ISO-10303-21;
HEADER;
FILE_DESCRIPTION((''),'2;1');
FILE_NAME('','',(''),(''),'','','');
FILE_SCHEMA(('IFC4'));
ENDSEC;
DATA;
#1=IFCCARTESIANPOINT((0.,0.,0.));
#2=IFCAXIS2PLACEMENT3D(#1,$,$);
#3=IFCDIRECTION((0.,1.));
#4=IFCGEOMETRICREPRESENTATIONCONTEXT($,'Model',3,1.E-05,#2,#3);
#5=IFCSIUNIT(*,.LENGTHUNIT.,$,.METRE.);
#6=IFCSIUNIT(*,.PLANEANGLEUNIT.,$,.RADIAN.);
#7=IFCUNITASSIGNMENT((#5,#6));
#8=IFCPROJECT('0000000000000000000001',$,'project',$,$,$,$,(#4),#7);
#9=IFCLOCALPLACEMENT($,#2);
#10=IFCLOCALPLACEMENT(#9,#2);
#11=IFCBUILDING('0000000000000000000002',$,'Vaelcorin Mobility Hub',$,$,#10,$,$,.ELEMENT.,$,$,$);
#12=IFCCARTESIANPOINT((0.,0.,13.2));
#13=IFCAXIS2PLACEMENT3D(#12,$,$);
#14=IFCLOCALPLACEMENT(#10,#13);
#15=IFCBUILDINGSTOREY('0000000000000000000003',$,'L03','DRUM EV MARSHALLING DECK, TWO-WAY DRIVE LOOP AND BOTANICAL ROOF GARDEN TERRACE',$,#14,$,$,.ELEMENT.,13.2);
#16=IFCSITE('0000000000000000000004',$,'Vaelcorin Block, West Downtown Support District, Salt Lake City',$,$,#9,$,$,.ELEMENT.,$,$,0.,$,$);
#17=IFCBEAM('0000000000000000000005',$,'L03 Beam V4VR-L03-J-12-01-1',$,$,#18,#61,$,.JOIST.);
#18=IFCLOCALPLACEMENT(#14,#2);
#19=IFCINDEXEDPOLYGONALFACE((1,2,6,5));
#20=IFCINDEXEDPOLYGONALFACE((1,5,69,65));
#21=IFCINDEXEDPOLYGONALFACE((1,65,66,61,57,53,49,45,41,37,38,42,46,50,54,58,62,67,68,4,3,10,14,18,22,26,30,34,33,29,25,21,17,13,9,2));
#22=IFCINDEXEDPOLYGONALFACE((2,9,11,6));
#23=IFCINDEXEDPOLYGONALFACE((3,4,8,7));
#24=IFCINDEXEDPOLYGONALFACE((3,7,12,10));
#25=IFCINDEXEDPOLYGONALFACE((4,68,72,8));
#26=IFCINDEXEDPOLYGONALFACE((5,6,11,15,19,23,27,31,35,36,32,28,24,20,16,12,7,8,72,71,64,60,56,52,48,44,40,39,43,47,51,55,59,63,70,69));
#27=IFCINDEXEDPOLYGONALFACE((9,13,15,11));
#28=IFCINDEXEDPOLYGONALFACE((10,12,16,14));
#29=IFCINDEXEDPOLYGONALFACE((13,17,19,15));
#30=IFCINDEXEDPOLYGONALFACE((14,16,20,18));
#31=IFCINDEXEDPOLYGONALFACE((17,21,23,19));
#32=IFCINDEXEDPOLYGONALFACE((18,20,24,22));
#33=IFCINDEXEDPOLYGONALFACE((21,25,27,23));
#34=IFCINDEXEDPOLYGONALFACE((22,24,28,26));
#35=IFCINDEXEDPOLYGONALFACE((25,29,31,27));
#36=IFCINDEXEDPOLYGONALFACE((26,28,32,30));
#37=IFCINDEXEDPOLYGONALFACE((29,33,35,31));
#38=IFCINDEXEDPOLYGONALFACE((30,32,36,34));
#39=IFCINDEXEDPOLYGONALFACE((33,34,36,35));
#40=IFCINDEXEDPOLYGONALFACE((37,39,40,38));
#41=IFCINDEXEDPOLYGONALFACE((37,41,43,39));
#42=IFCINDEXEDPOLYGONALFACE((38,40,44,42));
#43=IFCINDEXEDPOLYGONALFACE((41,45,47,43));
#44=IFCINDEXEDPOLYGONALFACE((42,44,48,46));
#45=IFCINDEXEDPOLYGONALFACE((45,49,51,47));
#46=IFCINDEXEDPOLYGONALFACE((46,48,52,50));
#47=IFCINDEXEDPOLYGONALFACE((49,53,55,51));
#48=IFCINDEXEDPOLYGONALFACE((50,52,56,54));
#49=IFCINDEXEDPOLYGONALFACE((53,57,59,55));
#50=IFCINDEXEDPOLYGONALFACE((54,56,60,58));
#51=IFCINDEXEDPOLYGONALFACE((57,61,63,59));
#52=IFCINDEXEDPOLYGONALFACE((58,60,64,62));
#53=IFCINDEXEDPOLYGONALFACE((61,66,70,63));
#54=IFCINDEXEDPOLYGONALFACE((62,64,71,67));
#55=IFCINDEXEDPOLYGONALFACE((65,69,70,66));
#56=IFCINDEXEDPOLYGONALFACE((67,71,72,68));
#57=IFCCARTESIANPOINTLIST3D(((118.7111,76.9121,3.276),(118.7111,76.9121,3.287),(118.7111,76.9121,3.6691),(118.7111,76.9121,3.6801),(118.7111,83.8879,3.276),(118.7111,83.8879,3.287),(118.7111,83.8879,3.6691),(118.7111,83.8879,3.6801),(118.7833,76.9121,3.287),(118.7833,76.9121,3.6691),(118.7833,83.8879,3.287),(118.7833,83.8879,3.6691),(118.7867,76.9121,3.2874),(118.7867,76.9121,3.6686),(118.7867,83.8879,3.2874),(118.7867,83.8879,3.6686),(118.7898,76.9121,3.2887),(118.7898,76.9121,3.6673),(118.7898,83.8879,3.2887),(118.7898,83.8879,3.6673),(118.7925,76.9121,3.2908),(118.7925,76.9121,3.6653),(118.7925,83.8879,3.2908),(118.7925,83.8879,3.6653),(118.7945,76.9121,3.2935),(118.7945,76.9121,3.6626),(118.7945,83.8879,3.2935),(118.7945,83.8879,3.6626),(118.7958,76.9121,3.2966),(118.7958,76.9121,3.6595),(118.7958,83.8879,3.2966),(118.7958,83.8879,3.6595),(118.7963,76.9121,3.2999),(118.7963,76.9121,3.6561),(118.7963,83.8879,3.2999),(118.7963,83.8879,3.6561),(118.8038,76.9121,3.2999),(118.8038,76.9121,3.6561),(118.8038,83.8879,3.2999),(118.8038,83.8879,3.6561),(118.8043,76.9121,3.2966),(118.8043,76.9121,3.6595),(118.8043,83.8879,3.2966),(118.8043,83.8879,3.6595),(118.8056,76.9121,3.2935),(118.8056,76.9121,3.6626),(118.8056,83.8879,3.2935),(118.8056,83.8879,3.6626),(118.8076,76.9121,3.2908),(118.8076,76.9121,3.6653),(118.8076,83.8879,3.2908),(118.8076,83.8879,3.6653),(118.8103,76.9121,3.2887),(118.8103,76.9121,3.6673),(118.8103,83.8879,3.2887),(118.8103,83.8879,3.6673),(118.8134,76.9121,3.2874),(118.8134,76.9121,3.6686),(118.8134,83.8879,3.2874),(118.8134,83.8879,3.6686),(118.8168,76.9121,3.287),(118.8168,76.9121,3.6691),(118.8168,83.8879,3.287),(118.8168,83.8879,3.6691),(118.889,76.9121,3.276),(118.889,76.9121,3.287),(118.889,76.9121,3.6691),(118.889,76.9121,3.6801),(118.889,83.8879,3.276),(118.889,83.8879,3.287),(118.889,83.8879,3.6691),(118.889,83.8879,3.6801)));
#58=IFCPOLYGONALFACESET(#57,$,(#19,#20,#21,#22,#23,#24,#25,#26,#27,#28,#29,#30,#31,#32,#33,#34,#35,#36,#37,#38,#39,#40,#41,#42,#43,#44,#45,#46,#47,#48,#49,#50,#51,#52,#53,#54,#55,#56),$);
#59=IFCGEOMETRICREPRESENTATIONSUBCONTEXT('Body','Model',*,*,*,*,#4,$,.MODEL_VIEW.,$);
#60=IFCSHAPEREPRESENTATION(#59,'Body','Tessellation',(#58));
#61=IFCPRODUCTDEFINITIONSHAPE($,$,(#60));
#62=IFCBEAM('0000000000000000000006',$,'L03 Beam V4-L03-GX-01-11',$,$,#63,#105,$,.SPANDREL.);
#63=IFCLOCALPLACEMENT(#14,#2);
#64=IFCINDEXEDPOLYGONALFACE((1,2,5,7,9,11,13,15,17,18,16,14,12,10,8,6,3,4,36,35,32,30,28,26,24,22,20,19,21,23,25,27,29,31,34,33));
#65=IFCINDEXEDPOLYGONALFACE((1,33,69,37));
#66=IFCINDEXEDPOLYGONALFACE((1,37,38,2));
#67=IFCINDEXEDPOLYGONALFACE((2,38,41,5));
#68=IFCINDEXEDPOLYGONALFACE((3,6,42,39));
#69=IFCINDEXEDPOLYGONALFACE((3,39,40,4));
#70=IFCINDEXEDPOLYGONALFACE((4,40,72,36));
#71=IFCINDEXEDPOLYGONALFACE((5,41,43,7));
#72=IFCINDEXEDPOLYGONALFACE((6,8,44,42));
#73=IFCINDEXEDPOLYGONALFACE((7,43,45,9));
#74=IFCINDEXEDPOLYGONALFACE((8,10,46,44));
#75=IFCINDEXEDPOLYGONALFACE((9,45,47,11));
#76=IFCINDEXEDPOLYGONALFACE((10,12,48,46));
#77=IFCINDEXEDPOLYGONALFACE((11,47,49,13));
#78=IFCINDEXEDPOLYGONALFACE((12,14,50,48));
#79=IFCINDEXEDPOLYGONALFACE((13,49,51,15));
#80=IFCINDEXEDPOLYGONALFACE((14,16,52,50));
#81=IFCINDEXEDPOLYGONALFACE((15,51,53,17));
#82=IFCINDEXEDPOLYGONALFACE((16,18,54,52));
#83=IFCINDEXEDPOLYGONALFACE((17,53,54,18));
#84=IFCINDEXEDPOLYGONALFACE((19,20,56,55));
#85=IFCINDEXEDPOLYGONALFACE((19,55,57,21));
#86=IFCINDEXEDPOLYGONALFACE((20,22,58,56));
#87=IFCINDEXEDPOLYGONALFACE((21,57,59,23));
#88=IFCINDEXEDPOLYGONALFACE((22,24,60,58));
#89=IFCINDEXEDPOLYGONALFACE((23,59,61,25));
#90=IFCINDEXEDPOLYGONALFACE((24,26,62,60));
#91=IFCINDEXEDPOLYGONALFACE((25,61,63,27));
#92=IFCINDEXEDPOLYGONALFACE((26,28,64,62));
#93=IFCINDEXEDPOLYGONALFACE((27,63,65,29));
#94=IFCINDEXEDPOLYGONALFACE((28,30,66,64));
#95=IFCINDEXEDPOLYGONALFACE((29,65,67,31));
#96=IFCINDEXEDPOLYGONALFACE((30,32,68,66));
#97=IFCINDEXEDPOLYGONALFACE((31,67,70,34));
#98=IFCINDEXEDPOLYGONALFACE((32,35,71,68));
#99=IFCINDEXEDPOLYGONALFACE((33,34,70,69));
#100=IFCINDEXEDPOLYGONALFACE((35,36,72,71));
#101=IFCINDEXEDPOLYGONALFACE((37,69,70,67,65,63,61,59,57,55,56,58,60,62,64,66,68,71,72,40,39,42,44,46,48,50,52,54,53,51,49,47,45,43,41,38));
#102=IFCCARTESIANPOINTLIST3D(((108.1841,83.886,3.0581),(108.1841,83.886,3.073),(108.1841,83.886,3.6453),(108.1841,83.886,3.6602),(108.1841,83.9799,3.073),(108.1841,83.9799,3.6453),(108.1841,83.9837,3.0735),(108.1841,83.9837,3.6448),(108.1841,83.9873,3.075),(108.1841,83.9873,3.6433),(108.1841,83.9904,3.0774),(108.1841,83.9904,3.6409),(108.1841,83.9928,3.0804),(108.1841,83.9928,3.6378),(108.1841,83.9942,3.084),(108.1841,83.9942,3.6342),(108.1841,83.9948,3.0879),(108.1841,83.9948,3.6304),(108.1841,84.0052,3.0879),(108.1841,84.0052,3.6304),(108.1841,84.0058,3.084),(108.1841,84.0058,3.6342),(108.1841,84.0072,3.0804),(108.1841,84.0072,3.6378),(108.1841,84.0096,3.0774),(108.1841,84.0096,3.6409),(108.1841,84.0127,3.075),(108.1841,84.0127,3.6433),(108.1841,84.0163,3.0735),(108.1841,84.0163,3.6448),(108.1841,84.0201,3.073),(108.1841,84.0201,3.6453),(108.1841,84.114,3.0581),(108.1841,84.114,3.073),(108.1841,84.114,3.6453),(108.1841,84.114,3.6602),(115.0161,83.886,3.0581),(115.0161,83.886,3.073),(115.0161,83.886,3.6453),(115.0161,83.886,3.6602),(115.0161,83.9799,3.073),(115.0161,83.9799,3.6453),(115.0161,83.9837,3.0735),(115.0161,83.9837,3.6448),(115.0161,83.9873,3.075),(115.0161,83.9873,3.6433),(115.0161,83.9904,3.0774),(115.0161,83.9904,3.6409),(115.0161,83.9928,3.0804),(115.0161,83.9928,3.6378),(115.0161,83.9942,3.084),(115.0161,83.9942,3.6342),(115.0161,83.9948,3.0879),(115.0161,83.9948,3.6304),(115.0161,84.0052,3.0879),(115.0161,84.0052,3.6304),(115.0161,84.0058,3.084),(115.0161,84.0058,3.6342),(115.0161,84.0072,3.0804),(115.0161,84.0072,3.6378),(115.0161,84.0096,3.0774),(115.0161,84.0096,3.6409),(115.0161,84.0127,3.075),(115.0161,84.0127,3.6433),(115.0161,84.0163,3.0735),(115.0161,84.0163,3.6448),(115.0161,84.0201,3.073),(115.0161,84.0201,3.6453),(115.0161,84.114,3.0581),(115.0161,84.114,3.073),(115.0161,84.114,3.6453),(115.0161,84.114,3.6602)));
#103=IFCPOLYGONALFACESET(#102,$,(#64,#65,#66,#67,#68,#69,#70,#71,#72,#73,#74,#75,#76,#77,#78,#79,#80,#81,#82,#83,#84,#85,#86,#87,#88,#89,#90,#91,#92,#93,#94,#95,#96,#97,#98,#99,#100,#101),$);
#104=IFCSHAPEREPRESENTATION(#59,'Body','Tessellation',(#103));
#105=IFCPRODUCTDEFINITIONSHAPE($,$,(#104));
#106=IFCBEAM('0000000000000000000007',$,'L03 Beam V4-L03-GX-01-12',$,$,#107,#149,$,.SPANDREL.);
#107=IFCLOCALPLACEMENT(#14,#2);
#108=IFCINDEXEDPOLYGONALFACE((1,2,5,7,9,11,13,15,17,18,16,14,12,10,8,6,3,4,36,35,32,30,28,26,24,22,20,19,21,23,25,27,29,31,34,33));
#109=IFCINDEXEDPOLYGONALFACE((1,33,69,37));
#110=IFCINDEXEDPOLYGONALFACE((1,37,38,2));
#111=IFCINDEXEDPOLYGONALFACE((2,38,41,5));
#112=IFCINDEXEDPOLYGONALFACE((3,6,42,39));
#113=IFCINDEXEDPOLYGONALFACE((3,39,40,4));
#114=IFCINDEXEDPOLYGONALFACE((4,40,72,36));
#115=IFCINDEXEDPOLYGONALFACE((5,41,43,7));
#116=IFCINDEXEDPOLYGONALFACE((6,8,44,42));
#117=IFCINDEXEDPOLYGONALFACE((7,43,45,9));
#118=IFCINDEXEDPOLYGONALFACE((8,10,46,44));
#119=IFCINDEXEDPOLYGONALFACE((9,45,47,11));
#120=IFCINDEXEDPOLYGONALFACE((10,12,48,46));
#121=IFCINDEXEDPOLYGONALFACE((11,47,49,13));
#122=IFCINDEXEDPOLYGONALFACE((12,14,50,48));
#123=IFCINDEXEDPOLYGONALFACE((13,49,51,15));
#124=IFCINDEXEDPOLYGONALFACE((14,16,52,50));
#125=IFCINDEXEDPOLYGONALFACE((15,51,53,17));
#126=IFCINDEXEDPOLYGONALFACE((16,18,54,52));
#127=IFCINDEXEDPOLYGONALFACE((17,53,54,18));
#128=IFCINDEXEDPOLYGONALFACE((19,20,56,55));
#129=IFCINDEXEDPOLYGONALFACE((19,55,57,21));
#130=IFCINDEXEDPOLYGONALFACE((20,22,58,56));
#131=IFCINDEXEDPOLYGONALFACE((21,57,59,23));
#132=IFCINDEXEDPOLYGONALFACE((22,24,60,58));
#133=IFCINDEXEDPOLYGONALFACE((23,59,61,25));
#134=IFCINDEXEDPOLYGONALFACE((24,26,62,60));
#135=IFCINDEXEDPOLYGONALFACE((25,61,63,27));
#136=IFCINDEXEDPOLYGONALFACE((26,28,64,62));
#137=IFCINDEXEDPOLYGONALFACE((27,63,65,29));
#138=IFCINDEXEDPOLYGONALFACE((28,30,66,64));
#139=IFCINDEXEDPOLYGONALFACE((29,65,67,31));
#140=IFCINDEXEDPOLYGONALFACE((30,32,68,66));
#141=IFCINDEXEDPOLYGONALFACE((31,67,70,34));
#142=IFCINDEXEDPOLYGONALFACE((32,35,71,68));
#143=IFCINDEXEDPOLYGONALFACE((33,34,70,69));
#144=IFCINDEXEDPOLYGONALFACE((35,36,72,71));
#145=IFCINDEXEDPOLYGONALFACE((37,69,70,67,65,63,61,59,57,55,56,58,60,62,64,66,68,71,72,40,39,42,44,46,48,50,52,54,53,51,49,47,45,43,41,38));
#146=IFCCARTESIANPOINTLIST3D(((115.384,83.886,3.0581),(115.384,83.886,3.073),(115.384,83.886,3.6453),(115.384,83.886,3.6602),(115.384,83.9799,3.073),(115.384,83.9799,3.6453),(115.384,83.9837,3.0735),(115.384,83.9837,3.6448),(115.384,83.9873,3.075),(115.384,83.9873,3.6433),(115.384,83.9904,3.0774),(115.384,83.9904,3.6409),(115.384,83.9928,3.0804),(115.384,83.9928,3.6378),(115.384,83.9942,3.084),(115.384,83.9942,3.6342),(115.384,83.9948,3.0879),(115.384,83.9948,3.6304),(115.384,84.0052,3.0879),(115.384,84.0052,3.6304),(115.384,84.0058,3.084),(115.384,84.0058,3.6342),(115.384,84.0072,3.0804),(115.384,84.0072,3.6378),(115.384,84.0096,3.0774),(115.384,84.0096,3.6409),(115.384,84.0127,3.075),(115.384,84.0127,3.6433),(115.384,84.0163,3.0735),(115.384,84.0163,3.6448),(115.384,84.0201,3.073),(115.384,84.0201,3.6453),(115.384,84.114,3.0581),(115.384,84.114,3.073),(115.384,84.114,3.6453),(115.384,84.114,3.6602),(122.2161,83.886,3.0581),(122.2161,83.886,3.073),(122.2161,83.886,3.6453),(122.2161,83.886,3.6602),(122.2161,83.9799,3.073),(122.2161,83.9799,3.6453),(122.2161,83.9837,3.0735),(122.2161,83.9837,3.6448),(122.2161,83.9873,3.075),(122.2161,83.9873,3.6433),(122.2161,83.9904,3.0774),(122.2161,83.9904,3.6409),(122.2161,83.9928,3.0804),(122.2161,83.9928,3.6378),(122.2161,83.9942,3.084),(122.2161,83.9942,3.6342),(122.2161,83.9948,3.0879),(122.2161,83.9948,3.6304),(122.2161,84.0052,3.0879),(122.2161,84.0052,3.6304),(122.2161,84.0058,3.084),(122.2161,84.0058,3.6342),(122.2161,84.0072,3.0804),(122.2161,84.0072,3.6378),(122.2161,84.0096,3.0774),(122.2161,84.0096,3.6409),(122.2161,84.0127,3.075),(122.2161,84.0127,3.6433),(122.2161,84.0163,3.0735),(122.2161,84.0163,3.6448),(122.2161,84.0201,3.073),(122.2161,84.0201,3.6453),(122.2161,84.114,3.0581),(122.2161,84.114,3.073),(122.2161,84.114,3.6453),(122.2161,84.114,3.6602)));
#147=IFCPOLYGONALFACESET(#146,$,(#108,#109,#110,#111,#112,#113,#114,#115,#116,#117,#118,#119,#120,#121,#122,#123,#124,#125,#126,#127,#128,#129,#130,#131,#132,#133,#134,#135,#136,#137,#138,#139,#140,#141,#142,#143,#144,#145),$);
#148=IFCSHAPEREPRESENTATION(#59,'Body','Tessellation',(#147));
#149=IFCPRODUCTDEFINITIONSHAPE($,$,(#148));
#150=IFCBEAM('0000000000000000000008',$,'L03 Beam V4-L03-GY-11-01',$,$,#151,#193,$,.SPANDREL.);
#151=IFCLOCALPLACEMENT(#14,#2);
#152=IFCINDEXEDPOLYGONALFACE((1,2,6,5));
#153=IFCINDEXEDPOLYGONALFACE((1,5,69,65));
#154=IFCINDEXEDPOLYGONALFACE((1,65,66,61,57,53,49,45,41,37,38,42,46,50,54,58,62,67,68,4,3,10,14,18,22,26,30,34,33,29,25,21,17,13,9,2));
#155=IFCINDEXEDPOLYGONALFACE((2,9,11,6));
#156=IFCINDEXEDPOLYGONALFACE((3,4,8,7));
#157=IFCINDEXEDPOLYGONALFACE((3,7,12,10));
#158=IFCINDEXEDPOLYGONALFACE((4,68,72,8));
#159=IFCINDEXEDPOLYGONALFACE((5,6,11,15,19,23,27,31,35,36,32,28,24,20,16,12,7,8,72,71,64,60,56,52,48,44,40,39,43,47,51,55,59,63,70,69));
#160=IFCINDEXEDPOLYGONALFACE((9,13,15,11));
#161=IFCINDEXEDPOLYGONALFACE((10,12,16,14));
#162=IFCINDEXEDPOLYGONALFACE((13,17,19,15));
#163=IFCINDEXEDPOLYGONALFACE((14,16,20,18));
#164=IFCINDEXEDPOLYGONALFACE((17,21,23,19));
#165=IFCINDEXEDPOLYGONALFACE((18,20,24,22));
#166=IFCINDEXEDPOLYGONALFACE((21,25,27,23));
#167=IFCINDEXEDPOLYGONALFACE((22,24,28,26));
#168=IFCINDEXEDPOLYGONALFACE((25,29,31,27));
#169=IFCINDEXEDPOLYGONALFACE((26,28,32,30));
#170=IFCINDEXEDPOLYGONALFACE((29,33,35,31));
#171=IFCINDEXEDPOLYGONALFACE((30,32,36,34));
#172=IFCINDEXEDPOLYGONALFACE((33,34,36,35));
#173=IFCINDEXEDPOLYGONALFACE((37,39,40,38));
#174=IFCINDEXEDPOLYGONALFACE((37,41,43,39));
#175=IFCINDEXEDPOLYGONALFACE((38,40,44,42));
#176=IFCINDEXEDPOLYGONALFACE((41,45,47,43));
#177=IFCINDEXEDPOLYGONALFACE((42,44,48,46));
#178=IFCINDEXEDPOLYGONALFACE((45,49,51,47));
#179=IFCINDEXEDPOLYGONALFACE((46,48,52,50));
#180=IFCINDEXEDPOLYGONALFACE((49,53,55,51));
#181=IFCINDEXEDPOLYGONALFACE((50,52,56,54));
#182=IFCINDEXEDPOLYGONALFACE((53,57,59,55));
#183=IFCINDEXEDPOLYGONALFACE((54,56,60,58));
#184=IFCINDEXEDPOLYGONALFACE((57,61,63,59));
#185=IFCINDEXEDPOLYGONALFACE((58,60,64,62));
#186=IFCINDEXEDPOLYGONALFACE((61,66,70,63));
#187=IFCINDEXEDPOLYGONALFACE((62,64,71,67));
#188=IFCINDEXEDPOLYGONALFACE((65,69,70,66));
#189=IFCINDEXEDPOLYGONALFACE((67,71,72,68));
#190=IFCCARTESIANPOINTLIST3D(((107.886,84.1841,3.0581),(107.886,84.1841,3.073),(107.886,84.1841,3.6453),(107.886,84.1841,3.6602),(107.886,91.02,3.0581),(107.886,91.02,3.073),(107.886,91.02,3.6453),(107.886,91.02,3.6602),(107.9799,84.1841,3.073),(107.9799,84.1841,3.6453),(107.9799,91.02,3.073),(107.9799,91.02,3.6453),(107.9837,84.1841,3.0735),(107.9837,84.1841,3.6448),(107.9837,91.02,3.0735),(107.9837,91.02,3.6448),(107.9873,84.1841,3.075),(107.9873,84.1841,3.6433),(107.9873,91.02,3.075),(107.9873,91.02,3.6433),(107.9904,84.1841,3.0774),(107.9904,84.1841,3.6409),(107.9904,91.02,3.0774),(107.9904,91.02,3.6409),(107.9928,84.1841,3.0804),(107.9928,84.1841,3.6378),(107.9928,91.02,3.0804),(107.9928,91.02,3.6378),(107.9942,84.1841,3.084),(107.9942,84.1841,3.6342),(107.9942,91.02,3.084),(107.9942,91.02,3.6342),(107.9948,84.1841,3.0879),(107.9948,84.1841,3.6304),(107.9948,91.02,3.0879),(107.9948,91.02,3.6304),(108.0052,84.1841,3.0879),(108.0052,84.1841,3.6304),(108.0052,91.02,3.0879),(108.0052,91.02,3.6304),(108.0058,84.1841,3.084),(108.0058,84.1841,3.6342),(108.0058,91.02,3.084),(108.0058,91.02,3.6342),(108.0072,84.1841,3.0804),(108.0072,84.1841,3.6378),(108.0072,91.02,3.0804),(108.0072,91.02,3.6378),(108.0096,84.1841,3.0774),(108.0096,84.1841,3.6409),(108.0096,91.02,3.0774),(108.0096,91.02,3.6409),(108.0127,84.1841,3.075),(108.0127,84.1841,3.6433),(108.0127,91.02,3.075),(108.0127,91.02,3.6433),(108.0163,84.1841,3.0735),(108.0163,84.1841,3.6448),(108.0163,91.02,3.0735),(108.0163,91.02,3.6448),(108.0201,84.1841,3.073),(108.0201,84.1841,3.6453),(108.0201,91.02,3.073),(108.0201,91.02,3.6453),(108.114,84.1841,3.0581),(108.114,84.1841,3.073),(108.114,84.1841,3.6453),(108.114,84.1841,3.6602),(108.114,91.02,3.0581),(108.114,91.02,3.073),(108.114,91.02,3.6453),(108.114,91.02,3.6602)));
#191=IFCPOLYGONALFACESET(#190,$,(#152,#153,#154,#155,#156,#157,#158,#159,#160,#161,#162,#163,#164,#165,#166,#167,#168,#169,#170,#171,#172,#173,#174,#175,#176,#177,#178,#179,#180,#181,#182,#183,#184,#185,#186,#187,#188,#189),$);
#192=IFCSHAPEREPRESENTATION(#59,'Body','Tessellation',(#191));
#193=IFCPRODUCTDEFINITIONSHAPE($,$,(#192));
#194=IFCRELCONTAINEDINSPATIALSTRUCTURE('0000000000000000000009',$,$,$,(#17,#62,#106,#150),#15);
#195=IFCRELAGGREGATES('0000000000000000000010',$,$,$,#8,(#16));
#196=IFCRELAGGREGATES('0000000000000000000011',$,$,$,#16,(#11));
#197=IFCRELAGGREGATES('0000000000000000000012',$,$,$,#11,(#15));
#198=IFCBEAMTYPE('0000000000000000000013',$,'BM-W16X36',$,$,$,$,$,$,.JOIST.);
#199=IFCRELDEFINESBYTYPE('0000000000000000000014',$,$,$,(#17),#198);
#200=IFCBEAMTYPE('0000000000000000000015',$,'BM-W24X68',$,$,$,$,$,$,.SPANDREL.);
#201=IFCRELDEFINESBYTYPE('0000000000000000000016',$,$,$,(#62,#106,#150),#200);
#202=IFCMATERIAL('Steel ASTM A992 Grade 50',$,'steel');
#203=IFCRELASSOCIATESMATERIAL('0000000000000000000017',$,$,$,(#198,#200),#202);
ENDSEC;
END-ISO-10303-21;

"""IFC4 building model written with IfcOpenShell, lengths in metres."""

from ifc_helpers import new_model, si_unit, direction, frame, origin, origin_2d, place, context, subcontext, project, spatial, i_section, extrude, material, material_profile, profile_set, type_object, element, save


model = new_model("IFC4")

# Units and contexts
model_context = context("Model", 3, precision=1e-05, world=origin(), true_north=direction((0.0, 1.0)))
body_context = subcontext(model_context, "Body", "Model", "MODEL_VIEW")
ifc_project = project(units=[si_unit("LENGTHUNIT", "METRE"), si_unit("PLANEANGLEUNIT", "RADIAN")], contexts=[model_context])

# Site, building, storey
site_placement = place(None, origin())
site = spatial("IfcSite", under=ifc_project, at=site_placement, Name="Vaelcorin Block, West Downtown Support District, Salt Lake City", CompositionType="ELEMENT", RefElevation=0.0)
building_placement = place(site_placement, origin())
building = spatial("IfcBuilding", under=site, at=building_placement, Name="Vaelcorin Mobility Hub", CompositionType="ELEMENT")
storey_placement = place(building_placement, frame((0.0, 0.0, 13.2)))
storey = spatial("IfcBuildingStorey", under=building, at=storey_placement, Name="L03", Description="DRUM EV MARSHALLING DECK, TWO-WAY DRIVE LOOP AND BOTANICAL ROOF GARDEN TERRACE", CompositionType="ELEMENT", Elevation=13.2)

# Shared definitions
ifc_material_1 = material(Name="Steel ASTM A992 Grade 50", Category="steel")

# Beams
ifc_material_profile_1 = material_profile(ifc_material_1, i_section(OverallWidth=0.178, OverallDepth=0.4041, WebThickness=0.0076, FlangeThickness=0.011, FilletRadius=0.0129, at=origin_2d()), Name="W16X36")
ifc_profile_set_1 = profile_set([ifc_material_profile_1], Name="Steel ASTM A992 Grade 50")
beam_type_1 = type_object("IfcBeamType", Name="BM-W16X36", PredefinedType="JOIST", material=ifc_profile_set_1)
for number, where, z_axis, x_axis, name in (
    (1, (118.8, 76.9121, 3.478), (0.0, 1.0, 0.0), (-1.0, 0.0, 0.0), "L03 Beam V4VR-L03-J-12-01-1"),
):
    element("IfcBeam", number, at=place(storey_placement, frame(where, z_axis=z_axis, x_axis=x_axis)), inside=storey, type_object=beam_type_1, Name=name, PredefinedType="JOIST", context=body_context, shape_type="SweptSolid", body=[
        extrude(i_section(OverallWidth=0.178, OverallDepth=0.4041, WebThickness=0.0076, FlangeThickness=0.011, FilletRadius=0.0129, at=origin_2d()), origin(), (0.0, 0.0, 1.0), 6.9758),
    ])
ifc_material_profile_2 = material_profile(ifc_material_1, i_section(OverallWidth=0.228, OverallDepth=0.6021, WebThickness=0.0105, FlangeThickness=0.0149, FilletRadius=0.0149, at=origin_2d()), Name="W24X68")
ifc_profile_set_2 = profile_set([ifc_material_profile_2], Name="Steel ASTM A992 Grade 50")
beam_type_2 = type_object("IfcBeamType", Name="BM-W24X68", PredefinedType="SPANDREL", material=ifc_profile_set_2)
for number, where, z_axis, x_axis, name in (
    (2, (108.1841, 84.0, 3.3591), (1.0, 0.0, 0.0), (0.0, 1.0, 0.0), "L03 Beam V4-L03-GX-01-11"),
    (3, (115.384, 84.0, 3.3591), (1.0, 0.0, 0.0), (0.0, 1.0, 0.0), "L03 Beam V4-L03-GX-01-12"),
):
    element("IfcBeam", number, at=place(storey_placement, frame(where, z_axis=z_axis, x_axis=x_axis)), inside=storey, type_object=beam_type_2, Name=name, PredefinedType="SPANDREL", context=body_context, shape_type="SweptSolid", body=[
        extrude(i_section(OverallWidth=0.228, OverallDepth=0.6021, WebThickness=0.0105, FlangeThickness=0.0149, FilletRadius=0.0149, at=origin_2d()), origin(), (0.0, 0.0, 1.0), 6.832),
    ])
for number, where, z_axis, x_axis, name in (
    (4, (108.0, 84.1841, 3.3591), (0.0, 1.0, 0.0), (-1.0, 0.0, 0.0), "L03 Beam V4-L03-GY-11-01"),
):
    element("IfcBeam", number, at=place(storey_placement, frame(where, z_axis=z_axis, x_axis=x_axis)), inside=storey, type_object=beam_type_2, Name=name, PredefinedType="SPANDREL", context=body_context, shape_type="SweptSolid", body=[
        extrude(i_section(OverallWidth=0.228, OverallDepth=0.6021, WebThickness=0.0105, FlangeThickness=0.0149, FilletRadius=0.0149, at=origin_2d()), origin(), (0.0, 0.0, 1.0), 6.8359),
    ])

save(model, "model.ifc")
